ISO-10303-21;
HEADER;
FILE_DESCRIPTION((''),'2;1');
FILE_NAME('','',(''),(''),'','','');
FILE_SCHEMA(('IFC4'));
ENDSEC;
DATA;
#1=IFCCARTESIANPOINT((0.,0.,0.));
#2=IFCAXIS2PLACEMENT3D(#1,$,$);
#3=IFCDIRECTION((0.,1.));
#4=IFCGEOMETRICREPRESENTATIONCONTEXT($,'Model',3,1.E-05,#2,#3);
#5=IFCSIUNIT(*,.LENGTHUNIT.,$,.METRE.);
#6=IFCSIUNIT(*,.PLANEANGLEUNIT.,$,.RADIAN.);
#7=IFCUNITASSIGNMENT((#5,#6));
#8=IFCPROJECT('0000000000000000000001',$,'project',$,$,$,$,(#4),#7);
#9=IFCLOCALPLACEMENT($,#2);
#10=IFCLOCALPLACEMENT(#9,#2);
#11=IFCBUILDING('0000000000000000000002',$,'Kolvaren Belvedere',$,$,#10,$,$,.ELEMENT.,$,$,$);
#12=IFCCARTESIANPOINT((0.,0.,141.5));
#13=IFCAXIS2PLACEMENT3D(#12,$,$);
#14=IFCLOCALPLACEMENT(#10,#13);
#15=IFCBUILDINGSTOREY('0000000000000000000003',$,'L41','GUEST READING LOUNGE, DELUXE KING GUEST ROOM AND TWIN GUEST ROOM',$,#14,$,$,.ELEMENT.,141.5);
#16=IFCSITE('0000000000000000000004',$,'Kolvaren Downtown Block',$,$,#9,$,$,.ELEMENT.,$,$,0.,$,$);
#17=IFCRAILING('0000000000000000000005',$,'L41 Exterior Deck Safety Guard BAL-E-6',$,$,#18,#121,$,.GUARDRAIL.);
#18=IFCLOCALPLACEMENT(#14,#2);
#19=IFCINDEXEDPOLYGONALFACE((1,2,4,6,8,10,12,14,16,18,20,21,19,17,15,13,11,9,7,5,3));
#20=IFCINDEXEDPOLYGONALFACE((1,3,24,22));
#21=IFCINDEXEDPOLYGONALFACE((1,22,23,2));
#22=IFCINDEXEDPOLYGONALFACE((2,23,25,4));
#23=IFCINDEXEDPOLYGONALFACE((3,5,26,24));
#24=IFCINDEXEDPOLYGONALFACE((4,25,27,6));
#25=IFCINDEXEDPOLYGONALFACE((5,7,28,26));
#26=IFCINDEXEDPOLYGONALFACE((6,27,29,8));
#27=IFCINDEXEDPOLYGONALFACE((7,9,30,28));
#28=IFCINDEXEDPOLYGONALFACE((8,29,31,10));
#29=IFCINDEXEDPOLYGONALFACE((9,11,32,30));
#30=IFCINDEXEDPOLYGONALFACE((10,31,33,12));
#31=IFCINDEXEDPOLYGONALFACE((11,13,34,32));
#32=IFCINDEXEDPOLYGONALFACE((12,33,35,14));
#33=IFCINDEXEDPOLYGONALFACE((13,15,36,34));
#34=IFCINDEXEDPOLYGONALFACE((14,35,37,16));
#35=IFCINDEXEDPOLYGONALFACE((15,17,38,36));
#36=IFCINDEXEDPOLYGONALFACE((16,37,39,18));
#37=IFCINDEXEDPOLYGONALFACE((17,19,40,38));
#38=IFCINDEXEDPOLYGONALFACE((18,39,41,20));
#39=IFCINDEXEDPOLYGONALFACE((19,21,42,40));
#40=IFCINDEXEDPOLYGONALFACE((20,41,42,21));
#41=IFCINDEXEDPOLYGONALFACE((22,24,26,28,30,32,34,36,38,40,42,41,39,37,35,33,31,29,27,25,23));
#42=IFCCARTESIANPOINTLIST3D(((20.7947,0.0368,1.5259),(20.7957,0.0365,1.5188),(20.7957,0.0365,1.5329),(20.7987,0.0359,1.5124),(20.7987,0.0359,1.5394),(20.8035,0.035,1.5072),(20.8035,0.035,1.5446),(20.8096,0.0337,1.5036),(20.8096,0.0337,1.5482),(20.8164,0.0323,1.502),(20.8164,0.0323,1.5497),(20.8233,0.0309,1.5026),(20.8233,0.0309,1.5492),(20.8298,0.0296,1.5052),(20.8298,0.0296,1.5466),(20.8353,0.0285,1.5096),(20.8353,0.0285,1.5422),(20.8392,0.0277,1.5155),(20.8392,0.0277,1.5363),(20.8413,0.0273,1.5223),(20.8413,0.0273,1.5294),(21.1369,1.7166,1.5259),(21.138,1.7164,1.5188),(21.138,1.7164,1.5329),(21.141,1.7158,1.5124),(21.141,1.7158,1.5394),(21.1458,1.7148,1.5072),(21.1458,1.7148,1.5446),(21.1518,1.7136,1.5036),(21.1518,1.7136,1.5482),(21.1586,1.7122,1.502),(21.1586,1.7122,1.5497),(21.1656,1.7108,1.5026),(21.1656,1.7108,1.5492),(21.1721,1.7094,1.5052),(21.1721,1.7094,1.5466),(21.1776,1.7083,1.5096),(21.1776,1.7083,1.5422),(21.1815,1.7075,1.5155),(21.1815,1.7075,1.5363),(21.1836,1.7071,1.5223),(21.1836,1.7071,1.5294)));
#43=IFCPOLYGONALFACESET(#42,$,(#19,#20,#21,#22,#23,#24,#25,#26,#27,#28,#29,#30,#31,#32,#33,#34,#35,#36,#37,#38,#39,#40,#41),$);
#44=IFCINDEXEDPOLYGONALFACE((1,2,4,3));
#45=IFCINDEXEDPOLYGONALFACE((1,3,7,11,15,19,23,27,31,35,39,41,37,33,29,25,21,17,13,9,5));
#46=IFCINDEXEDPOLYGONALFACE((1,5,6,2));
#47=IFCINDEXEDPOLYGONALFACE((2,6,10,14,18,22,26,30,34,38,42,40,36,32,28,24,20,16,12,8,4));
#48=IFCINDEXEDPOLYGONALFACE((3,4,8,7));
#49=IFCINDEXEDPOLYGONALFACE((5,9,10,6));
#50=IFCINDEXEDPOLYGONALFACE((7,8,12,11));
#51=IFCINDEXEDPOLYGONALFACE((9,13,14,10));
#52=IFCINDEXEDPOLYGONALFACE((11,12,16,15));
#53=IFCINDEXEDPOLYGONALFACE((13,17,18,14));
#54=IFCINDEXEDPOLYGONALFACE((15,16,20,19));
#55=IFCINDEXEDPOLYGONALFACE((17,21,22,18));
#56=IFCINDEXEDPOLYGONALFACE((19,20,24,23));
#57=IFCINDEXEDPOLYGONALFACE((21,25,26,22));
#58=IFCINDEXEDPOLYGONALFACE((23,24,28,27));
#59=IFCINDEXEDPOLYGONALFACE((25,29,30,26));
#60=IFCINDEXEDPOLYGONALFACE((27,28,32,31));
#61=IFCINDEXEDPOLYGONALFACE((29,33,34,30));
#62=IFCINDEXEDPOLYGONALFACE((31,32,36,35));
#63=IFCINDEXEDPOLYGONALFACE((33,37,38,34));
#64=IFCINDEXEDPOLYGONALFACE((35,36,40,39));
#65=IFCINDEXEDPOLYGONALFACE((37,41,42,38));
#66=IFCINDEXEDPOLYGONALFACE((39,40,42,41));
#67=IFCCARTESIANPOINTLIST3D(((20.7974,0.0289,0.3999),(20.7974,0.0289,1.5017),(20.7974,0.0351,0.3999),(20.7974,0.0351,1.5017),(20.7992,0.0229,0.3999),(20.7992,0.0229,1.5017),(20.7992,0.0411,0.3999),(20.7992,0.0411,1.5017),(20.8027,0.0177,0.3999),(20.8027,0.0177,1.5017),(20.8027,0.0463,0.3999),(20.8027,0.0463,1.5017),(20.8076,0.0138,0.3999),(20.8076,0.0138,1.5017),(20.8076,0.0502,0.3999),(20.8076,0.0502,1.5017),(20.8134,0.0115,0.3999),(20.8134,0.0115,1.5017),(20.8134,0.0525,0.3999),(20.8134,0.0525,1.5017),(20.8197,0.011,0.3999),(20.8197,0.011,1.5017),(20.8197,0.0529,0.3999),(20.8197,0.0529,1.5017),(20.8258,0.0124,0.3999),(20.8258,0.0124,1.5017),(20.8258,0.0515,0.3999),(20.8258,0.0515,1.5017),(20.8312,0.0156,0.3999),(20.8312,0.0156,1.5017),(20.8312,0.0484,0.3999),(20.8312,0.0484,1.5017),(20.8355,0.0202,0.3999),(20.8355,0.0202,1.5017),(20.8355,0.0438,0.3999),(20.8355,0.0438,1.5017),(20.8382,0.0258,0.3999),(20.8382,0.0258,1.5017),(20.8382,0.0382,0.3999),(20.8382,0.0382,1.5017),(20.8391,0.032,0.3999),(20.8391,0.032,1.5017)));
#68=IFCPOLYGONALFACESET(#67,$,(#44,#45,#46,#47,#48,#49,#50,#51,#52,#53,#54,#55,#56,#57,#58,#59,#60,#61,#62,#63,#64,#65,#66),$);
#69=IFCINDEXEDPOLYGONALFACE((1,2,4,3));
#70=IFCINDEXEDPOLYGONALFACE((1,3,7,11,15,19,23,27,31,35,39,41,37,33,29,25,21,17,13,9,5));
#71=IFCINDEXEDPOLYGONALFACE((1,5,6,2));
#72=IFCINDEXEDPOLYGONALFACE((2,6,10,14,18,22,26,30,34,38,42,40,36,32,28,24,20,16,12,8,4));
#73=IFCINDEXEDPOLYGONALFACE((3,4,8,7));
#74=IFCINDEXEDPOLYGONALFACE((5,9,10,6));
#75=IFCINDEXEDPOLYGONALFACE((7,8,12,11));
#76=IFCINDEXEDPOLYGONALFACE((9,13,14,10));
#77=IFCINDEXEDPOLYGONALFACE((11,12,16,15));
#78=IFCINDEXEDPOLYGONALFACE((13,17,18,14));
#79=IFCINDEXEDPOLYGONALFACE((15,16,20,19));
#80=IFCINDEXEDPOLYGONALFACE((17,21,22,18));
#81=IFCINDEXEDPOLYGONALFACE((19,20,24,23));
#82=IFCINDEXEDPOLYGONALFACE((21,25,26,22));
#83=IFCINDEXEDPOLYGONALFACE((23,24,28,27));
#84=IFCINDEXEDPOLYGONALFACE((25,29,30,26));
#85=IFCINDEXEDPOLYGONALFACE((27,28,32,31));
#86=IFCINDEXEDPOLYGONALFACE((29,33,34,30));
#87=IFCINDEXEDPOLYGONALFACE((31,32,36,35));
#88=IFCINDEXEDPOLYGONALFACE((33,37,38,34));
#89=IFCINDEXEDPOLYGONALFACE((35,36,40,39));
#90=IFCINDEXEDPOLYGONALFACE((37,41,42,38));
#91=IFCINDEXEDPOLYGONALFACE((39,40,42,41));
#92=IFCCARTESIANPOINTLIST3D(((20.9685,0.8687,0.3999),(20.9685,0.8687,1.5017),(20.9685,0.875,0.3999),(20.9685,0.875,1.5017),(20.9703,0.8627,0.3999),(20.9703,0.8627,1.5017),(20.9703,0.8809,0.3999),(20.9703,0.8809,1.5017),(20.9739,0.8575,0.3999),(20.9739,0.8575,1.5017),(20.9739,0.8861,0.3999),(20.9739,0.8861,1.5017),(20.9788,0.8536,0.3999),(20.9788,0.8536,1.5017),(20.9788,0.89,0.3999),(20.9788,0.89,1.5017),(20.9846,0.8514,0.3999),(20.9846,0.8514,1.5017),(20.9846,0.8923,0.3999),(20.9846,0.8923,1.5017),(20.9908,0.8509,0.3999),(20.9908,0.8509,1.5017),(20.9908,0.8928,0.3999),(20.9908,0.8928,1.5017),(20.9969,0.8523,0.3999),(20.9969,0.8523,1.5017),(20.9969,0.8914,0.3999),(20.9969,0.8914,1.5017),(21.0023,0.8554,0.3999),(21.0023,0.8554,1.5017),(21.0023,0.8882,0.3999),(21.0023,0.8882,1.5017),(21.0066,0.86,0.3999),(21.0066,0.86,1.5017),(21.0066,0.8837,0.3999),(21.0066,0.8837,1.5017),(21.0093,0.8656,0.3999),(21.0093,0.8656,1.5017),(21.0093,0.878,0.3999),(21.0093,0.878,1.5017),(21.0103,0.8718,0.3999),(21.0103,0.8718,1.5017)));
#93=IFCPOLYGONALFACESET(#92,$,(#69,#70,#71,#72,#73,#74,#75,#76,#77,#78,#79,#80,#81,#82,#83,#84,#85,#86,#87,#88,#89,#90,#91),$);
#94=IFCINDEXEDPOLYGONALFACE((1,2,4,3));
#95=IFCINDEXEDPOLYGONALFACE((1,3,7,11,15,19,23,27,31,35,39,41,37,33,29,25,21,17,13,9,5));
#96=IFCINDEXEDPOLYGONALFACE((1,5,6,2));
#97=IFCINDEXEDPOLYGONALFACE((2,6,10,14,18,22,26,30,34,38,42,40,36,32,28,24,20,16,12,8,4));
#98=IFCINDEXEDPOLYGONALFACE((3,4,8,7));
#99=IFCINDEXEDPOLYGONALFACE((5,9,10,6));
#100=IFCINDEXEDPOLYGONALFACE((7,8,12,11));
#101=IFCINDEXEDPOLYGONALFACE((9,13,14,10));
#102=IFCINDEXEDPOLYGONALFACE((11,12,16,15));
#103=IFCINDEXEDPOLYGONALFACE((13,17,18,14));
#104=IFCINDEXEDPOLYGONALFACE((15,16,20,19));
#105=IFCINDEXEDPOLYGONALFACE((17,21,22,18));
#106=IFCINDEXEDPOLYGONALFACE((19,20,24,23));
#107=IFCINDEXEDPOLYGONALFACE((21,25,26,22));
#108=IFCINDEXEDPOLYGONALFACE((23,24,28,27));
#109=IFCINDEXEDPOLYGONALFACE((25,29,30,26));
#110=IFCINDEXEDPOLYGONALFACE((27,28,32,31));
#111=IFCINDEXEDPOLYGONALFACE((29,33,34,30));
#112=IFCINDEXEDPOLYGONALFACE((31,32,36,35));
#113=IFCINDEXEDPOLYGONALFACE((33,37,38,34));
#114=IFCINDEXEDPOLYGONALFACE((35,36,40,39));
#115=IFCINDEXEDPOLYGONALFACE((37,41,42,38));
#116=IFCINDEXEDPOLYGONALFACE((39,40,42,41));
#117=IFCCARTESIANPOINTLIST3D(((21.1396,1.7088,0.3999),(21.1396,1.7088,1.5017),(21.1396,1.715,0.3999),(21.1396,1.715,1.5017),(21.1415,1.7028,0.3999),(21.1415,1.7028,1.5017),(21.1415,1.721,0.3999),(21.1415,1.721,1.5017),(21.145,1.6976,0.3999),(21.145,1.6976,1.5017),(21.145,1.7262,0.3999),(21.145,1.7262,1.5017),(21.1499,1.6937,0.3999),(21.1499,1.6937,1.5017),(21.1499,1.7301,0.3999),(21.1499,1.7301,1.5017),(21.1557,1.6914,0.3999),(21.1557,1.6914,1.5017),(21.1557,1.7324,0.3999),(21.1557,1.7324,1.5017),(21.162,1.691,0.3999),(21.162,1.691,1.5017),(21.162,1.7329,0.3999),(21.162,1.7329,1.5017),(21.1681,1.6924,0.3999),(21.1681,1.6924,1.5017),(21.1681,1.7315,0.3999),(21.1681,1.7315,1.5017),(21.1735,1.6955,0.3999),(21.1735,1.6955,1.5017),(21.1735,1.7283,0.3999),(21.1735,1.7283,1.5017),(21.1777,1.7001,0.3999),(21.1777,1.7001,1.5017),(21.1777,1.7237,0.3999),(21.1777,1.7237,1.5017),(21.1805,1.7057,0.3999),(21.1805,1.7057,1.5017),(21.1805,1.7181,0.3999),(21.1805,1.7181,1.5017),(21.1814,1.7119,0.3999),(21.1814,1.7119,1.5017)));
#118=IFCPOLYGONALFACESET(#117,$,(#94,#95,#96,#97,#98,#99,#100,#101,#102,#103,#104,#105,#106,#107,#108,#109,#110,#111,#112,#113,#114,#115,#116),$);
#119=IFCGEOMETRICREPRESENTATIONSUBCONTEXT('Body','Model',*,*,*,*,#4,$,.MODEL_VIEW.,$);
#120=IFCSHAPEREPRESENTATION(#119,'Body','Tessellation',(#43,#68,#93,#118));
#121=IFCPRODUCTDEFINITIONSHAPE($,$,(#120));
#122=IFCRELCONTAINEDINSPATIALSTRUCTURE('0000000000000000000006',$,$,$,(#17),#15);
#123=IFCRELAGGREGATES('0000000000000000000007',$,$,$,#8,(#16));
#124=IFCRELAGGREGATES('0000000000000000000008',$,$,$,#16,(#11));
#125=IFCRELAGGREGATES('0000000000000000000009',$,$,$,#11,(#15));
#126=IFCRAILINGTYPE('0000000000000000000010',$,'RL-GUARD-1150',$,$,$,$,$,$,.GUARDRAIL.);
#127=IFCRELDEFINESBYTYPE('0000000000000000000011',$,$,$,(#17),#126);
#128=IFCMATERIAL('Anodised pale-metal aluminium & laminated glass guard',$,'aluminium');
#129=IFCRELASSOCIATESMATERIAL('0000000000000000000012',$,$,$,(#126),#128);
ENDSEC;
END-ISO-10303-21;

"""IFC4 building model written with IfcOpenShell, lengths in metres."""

from ifc_helpers import new_model, si_unit, direction, frame, origin, origin_2d, place, context, subcontext, project, spatial, circle, extrude, material, type_object, element, save


model = new_model("IFC4")

# Units and contexts
model_context = context("Model", 3, precision=1e-05, world=origin(), true_north=direction((0.0, 1.0)))
body_context = subcontext(model_context, "Body", "Model", "MODEL_VIEW")
ifc_project = project(units=[si_unit("LENGTHUNIT", "METRE"), si_unit("PLANEANGLEUNIT", "RADIAN")], contexts=[model_context])

# Site, building, storey
site_placement = place(None, origin())
site = spatial("IfcSite", under=ifc_project, at=site_placement, Name="Kolvaren Downtown Block", CompositionType="ELEMENT", RefElevation=0.0)
building_placement = place(site_placement, origin())
building = spatial("IfcBuilding", under=site, at=building_placement, Name="Kolvaren Belvedere", CompositionType="ELEMENT")
storey_placement = place(building_placement, frame((0.0, 0.0, 141.5)))
storey = spatial("IfcBuildingStorey", under=building, at=storey_placement, Name="L41", Description="GUEST READING LOUNGE, DELUXE KING GUEST ROOM AND TWIN GUEST ROOM", CompositionType="ELEMENT", Elevation=141.5)

# Railing
ifc_material_1 = material(Name="Anodised pale-metal aluminium & laminated glass guard", Category="aluminium")
railing_type = type_object("IfcRailingType", Name="RL-GUARD-1150", PredefinedType="GUARDRAIL", material=ifc_material_1)
railing_1_placement = place(storey_placement, frame((20.8181, 0.032, 0.3999)))
element("IfcRailing", 1, at=railing_1_placement, inside=storey, type_object=railing_type, Name="L41 Exterior Deck Safety Guard BAL-E-6", PredefinedType="GUARDRAIL", context=body_context, shape_type="SweptSolid", body=[
    extrude(circle(Radius=0.0239, at=origin_2d()), frame((0.0, 0.0, 1.126), z_axis=(0.199648, 0.979868, 0.0), x_axis=(-0.979868, 0.199648, 0.0)), (0.0, 0.0, 1.0), 1.7144),
    extrude(circle(Radius=0.021, at=origin_2d()), origin(), (0.0, 0.0, 1.0), 1.1018),
    extrude(circle(Radius=0.021, at=origin_2d()), frame((0.1711, 0.8398, 0.0)), (0.0, 0.0, 1.0), 1.1018),
    extrude(circle(Radius=0.021, at=origin_2d()), frame((0.3423, 1.6799, 0.0)), (0.0, 0.0, 1.0), 1.1018),
])

save(model, "model.ifc")
